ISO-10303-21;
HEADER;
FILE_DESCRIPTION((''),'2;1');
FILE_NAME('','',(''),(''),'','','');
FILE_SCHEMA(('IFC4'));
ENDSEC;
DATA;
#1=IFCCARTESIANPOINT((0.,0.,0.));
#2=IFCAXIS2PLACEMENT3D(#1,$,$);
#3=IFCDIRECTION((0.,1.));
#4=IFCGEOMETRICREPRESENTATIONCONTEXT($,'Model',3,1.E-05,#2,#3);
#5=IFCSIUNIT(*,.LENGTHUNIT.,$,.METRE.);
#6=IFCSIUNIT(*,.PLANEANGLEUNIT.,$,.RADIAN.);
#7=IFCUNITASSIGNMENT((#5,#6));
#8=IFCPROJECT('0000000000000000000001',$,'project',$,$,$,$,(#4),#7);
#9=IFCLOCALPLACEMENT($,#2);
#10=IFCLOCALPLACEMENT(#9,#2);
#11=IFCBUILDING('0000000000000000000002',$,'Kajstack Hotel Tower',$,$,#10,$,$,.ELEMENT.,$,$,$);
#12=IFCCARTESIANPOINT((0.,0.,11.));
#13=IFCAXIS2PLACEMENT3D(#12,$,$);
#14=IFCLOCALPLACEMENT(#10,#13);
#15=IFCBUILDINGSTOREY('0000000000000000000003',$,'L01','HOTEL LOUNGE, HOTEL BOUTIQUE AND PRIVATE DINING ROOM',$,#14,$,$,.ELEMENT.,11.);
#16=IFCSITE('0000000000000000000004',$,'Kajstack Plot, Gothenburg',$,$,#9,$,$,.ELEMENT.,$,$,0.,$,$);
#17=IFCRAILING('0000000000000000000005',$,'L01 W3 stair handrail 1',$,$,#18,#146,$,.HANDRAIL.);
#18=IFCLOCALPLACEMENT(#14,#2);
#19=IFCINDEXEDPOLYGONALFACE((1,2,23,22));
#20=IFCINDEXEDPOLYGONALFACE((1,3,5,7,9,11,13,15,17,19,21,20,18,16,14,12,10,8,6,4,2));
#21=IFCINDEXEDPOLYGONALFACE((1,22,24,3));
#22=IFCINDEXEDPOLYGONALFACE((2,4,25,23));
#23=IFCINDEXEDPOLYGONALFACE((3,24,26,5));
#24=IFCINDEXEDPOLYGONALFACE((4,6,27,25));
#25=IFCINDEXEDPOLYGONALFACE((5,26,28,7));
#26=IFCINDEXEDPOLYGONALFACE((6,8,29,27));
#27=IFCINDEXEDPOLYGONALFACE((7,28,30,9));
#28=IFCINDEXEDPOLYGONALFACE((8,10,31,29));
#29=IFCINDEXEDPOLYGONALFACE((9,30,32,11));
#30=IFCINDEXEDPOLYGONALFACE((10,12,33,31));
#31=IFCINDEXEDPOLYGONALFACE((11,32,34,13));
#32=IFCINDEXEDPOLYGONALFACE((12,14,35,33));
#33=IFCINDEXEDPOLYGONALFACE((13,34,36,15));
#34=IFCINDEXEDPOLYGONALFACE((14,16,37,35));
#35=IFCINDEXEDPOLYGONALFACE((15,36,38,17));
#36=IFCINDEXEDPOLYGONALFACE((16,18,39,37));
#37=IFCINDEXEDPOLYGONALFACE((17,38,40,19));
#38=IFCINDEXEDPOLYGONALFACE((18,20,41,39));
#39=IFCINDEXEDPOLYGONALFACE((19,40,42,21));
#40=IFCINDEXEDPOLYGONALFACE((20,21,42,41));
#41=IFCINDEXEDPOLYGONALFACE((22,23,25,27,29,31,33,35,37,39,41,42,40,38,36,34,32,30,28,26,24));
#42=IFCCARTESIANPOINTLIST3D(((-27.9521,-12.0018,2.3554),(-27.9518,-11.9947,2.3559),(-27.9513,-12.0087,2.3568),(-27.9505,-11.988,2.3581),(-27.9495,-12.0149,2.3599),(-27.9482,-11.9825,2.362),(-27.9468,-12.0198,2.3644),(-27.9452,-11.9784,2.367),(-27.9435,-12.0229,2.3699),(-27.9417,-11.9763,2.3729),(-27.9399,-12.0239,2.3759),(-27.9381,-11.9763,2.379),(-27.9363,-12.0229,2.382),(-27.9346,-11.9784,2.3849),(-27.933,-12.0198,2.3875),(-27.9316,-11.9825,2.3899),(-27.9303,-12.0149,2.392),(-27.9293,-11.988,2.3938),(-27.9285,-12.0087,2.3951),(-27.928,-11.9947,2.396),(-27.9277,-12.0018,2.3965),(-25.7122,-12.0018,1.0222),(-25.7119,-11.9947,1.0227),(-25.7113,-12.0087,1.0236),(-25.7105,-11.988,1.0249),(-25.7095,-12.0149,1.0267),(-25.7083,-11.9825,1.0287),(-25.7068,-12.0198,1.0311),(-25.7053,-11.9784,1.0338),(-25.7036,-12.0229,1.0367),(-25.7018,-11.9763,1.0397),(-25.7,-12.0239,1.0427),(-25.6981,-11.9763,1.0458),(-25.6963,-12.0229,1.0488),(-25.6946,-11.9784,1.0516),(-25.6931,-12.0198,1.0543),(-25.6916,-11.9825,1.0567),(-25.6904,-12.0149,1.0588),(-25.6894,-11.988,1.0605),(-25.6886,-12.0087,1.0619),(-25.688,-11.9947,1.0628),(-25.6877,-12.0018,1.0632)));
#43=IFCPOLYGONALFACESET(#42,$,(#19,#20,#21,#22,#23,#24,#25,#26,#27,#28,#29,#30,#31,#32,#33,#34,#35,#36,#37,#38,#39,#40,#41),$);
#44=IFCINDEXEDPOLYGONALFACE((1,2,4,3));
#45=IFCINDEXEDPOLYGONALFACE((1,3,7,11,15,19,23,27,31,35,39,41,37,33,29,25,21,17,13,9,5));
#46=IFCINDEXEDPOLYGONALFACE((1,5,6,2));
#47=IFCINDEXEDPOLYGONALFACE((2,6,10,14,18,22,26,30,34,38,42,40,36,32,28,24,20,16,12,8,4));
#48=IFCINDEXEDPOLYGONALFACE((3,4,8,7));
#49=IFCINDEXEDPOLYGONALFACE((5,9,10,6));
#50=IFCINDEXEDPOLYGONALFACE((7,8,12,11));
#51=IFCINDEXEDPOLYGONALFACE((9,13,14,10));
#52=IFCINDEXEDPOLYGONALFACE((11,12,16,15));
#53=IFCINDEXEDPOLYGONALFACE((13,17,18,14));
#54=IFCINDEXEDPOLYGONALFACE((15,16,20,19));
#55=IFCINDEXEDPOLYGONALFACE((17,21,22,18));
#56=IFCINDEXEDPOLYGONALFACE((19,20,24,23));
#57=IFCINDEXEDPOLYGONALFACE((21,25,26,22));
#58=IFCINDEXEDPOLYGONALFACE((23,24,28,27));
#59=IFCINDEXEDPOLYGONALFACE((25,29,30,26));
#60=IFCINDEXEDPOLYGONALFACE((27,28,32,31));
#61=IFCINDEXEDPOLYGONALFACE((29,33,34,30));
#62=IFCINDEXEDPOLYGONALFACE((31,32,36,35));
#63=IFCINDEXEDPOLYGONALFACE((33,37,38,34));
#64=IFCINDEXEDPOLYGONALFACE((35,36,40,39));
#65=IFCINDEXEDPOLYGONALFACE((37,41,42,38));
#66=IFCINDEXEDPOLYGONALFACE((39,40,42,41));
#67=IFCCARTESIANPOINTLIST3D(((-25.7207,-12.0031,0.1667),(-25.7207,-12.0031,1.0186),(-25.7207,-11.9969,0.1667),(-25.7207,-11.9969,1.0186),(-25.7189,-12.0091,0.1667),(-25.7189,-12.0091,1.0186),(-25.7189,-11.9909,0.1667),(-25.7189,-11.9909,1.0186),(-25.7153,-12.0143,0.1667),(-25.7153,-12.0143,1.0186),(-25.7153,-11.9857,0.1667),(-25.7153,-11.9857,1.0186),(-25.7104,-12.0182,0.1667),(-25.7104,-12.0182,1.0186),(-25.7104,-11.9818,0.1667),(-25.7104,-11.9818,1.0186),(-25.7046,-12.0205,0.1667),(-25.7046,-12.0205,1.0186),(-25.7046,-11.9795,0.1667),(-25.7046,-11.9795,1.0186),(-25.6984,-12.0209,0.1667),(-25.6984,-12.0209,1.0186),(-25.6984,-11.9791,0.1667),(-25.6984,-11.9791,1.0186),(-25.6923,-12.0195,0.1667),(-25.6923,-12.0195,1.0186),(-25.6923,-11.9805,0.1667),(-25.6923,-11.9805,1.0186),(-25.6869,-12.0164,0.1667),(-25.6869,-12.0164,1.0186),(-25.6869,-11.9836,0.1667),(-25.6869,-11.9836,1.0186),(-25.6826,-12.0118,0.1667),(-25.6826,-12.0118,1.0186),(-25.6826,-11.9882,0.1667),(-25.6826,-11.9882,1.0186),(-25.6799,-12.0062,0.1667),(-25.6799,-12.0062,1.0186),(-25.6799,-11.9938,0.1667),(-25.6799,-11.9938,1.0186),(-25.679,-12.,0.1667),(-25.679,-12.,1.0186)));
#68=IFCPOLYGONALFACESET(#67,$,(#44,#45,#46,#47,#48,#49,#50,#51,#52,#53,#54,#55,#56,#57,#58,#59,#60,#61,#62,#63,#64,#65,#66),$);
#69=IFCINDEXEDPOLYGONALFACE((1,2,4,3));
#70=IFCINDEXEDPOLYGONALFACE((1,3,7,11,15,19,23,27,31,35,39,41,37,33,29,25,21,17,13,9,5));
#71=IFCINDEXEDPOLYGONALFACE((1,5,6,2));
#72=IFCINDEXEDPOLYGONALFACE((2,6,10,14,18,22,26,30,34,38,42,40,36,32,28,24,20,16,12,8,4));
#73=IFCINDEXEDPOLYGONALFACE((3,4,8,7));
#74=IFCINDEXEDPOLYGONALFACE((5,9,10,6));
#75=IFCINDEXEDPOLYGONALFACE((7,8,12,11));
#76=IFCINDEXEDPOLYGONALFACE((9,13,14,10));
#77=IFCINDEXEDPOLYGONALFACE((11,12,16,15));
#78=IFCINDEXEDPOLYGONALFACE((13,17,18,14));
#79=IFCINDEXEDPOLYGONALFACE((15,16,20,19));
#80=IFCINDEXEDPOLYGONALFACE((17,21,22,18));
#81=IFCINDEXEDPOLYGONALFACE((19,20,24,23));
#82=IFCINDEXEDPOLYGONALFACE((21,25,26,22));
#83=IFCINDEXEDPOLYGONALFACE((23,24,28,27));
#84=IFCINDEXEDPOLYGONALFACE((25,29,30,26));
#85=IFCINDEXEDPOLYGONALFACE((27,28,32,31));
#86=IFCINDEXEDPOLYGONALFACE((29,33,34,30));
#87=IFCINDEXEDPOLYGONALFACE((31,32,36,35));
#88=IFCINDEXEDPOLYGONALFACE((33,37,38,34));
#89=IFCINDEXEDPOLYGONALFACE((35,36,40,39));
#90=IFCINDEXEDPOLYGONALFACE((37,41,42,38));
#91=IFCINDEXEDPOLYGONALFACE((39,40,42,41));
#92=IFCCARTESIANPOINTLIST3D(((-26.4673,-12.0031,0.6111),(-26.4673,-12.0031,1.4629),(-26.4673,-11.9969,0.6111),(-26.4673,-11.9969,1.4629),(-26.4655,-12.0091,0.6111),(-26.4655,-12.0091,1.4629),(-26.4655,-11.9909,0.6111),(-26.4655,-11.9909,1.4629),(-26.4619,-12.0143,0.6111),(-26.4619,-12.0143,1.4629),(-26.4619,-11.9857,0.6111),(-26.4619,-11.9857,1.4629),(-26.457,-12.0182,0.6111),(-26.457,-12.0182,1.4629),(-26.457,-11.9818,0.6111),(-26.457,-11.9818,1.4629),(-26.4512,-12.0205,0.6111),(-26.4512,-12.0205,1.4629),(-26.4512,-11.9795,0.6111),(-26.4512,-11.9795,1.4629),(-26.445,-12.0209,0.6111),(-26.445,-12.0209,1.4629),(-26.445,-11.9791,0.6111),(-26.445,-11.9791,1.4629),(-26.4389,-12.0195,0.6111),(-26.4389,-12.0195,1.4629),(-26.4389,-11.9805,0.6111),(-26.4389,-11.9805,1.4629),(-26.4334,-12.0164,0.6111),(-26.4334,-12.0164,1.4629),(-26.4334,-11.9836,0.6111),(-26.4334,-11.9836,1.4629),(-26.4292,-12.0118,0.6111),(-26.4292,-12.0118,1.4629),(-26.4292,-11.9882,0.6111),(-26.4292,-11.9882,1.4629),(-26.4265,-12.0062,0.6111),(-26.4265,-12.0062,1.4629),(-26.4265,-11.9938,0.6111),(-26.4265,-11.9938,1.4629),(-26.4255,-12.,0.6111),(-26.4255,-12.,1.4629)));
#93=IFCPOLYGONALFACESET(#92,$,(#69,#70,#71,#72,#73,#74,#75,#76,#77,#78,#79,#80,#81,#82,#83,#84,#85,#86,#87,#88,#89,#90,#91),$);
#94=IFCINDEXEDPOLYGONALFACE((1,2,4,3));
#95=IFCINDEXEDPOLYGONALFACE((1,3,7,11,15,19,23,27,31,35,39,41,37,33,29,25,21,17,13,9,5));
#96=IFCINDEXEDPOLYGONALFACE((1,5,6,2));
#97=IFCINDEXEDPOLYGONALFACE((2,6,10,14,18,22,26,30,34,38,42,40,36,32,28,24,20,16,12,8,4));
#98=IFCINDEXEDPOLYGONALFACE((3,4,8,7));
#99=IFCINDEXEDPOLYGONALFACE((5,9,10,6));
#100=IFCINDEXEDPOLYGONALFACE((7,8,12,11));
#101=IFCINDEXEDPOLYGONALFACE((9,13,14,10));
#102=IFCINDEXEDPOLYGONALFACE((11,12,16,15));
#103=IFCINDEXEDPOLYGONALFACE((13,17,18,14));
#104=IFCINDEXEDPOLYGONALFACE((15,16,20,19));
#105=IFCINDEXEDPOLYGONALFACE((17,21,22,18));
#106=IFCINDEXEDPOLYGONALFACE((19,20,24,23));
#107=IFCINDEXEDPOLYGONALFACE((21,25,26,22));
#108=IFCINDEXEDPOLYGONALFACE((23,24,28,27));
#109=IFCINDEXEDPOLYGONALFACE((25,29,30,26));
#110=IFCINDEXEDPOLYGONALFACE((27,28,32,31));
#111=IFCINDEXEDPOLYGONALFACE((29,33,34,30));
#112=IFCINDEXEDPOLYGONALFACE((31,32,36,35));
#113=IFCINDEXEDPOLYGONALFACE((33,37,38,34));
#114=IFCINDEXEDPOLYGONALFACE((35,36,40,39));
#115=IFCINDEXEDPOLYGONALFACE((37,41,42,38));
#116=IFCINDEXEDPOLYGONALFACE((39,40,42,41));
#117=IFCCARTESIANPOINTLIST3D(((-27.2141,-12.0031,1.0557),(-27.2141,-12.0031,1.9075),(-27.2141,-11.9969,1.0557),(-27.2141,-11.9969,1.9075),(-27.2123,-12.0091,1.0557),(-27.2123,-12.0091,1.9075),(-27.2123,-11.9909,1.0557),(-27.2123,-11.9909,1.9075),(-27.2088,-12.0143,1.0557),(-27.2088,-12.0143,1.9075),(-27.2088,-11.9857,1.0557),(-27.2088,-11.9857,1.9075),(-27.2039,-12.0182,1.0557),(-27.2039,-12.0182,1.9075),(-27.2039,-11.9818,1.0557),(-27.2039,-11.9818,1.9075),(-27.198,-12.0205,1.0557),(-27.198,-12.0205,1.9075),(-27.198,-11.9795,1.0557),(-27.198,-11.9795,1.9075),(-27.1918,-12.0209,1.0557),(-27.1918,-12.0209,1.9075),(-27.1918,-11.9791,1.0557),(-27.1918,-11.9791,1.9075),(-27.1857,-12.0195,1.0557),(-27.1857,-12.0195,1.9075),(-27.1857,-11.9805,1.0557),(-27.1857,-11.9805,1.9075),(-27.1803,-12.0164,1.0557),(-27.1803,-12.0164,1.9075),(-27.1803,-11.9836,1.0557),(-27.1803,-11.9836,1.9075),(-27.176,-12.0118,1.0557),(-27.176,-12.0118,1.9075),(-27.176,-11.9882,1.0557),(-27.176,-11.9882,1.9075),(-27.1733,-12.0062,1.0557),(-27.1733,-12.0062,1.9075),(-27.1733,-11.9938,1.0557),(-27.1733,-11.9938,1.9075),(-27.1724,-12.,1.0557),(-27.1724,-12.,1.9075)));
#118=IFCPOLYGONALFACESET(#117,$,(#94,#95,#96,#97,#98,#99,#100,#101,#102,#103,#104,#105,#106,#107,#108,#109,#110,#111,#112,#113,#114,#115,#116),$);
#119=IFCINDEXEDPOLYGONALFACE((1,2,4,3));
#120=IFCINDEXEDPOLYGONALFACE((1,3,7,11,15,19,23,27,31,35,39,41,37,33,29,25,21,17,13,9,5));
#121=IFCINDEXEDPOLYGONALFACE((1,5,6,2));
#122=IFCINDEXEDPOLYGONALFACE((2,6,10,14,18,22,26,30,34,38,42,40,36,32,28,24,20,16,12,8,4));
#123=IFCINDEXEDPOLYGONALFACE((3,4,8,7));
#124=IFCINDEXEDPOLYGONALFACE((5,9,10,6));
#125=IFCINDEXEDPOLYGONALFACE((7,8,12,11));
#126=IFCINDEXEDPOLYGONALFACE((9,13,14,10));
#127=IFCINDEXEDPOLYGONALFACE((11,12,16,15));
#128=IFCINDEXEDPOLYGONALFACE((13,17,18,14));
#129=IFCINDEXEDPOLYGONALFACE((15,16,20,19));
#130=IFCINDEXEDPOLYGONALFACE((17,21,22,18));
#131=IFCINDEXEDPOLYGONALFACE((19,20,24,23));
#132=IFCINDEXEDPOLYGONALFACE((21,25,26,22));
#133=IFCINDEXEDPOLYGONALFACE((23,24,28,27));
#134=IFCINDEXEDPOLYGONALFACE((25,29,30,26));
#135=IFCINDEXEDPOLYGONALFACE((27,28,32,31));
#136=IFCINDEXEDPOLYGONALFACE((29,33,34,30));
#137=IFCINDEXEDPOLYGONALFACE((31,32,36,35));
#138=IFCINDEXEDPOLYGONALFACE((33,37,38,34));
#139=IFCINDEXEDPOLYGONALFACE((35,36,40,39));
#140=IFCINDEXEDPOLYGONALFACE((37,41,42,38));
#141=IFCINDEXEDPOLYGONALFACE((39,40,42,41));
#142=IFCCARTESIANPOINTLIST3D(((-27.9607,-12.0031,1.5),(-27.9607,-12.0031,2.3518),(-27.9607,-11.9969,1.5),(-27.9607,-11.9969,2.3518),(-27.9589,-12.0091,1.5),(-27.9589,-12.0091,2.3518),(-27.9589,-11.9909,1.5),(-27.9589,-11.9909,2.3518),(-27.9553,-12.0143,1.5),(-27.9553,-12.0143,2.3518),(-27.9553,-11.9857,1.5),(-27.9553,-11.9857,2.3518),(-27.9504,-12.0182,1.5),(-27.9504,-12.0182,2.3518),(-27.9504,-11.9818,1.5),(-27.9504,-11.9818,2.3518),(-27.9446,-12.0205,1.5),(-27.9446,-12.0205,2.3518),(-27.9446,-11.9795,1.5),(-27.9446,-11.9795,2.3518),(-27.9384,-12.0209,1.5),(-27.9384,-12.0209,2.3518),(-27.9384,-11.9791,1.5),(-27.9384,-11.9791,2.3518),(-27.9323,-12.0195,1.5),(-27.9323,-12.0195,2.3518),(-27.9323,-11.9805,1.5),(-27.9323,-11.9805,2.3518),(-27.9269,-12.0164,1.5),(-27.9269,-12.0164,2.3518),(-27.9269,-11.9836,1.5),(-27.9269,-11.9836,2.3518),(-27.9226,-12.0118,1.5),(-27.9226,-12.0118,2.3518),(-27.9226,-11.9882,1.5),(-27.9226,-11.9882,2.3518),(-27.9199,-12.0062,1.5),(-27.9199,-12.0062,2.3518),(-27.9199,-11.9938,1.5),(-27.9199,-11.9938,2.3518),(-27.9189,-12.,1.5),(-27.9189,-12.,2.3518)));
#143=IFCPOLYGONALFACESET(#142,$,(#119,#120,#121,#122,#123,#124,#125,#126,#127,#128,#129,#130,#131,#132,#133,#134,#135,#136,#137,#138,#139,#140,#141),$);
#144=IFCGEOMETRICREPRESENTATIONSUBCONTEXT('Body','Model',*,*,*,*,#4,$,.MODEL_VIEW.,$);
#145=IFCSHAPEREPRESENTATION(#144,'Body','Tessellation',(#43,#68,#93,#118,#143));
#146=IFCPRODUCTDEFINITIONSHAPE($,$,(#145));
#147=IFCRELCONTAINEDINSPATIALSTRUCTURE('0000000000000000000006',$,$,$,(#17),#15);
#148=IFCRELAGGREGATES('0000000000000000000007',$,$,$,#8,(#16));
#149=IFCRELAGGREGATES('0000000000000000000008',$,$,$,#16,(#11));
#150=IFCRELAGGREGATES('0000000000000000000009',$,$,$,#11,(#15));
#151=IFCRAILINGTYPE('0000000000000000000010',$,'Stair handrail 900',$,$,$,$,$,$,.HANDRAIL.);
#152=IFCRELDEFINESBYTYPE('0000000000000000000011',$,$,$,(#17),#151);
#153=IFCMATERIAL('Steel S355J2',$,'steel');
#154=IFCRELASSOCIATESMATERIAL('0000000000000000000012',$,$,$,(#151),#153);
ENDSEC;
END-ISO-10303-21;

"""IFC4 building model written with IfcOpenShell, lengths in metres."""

from ifc_helpers import new_model, si_unit, direction, frame, origin, origin_2d, place, context, subcontext, project, spatial, circle, extrude, material, type_object, element, save


model = new_model("IFC4")

# Units and contexts
model_context = context("Model", 3, precision=1e-05, world=origin(), true_north=direction((0.0, 1.0)))
body_context = subcontext(model_context, "Body", "Model", "MODEL_VIEW")
ifc_project = project(units=[si_unit("LENGTHUNIT", "METRE"), si_unit("PLANEANGLEUNIT", "RADIAN")], contexts=[model_context])

# Site, building, storey
site_placement = place(None, origin())
site = spatial("IfcSite", under=ifc_project, at=site_placement, Name="Kajstack Plot, Gothenburg", CompositionType="ELEMENT", RefElevation=0.0)
building_placement = place(site_placement, origin())
building = spatial("IfcBuilding", under=site, at=building_placement, Name="Kajstack Hotel Tower", CompositionType="ELEMENT")
storey_placement = place(building_placement, frame((0.0, 0.0, 11.0)))
storey = spatial("IfcBuildingStorey", under=building, at=storey_placement, Name="L01", Description="HOTEL LOUNGE, HOTEL BOUTIQUE AND PRIVATE DINING ROOM", CompositionType="ELEMENT", Elevation=11.0)

# Railing
ifc_material_1 = material(Name="Steel S355J2", Category="steel")
railing_type_1 = type_object("IfcRailingType", Name="Stair handrail 900", PredefinedType="HANDRAIL", material=ifc_material_1)
railing_1_placement = place(storey_placement, frame((-25.7, -12.0, 0.1667)))
element("IfcRailing", 1, at=railing_1_placement, inside=storey, type_object=railing_type_1, Name="L01 W3 stair handrail 1", PredefinedType="HANDRAIL", context=body_context, shape_type="SweptSolid", body=[
    extrude(circle(Radius=0.0239, at=origin_2d()), frame((0.0, 0.0, 0.876), z_axis=(-0.859306, 0.0, 0.511462), x_axis=(0.0, -1.0, 0.0)), (0.0, 0.0, 1.0), 2.6067),
    extrude(circle(Radius=0.021, at=origin_2d()), origin(), (0.0, 0.0, 1.0), 0.8518),
    extrude(circle(Radius=0.021, at=origin_2d()), frame((-0.7466, 0.0, 0.4443)), (0.0, 0.0, 1.0), 0.8518),
    extrude(circle(Radius=0.021, at=origin_2d()), frame((-1.4934, 0.0, 0.8889)), (0.0, 0.0, 1.0), 0.8518),
    extrude(circle(Radius=0.021, at=origin_2d()), frame((-2.24, 0.0, 1.3333)), (0.0, 0.0, 1.0), 0.8518),
])

save(model, "model.ifc")
